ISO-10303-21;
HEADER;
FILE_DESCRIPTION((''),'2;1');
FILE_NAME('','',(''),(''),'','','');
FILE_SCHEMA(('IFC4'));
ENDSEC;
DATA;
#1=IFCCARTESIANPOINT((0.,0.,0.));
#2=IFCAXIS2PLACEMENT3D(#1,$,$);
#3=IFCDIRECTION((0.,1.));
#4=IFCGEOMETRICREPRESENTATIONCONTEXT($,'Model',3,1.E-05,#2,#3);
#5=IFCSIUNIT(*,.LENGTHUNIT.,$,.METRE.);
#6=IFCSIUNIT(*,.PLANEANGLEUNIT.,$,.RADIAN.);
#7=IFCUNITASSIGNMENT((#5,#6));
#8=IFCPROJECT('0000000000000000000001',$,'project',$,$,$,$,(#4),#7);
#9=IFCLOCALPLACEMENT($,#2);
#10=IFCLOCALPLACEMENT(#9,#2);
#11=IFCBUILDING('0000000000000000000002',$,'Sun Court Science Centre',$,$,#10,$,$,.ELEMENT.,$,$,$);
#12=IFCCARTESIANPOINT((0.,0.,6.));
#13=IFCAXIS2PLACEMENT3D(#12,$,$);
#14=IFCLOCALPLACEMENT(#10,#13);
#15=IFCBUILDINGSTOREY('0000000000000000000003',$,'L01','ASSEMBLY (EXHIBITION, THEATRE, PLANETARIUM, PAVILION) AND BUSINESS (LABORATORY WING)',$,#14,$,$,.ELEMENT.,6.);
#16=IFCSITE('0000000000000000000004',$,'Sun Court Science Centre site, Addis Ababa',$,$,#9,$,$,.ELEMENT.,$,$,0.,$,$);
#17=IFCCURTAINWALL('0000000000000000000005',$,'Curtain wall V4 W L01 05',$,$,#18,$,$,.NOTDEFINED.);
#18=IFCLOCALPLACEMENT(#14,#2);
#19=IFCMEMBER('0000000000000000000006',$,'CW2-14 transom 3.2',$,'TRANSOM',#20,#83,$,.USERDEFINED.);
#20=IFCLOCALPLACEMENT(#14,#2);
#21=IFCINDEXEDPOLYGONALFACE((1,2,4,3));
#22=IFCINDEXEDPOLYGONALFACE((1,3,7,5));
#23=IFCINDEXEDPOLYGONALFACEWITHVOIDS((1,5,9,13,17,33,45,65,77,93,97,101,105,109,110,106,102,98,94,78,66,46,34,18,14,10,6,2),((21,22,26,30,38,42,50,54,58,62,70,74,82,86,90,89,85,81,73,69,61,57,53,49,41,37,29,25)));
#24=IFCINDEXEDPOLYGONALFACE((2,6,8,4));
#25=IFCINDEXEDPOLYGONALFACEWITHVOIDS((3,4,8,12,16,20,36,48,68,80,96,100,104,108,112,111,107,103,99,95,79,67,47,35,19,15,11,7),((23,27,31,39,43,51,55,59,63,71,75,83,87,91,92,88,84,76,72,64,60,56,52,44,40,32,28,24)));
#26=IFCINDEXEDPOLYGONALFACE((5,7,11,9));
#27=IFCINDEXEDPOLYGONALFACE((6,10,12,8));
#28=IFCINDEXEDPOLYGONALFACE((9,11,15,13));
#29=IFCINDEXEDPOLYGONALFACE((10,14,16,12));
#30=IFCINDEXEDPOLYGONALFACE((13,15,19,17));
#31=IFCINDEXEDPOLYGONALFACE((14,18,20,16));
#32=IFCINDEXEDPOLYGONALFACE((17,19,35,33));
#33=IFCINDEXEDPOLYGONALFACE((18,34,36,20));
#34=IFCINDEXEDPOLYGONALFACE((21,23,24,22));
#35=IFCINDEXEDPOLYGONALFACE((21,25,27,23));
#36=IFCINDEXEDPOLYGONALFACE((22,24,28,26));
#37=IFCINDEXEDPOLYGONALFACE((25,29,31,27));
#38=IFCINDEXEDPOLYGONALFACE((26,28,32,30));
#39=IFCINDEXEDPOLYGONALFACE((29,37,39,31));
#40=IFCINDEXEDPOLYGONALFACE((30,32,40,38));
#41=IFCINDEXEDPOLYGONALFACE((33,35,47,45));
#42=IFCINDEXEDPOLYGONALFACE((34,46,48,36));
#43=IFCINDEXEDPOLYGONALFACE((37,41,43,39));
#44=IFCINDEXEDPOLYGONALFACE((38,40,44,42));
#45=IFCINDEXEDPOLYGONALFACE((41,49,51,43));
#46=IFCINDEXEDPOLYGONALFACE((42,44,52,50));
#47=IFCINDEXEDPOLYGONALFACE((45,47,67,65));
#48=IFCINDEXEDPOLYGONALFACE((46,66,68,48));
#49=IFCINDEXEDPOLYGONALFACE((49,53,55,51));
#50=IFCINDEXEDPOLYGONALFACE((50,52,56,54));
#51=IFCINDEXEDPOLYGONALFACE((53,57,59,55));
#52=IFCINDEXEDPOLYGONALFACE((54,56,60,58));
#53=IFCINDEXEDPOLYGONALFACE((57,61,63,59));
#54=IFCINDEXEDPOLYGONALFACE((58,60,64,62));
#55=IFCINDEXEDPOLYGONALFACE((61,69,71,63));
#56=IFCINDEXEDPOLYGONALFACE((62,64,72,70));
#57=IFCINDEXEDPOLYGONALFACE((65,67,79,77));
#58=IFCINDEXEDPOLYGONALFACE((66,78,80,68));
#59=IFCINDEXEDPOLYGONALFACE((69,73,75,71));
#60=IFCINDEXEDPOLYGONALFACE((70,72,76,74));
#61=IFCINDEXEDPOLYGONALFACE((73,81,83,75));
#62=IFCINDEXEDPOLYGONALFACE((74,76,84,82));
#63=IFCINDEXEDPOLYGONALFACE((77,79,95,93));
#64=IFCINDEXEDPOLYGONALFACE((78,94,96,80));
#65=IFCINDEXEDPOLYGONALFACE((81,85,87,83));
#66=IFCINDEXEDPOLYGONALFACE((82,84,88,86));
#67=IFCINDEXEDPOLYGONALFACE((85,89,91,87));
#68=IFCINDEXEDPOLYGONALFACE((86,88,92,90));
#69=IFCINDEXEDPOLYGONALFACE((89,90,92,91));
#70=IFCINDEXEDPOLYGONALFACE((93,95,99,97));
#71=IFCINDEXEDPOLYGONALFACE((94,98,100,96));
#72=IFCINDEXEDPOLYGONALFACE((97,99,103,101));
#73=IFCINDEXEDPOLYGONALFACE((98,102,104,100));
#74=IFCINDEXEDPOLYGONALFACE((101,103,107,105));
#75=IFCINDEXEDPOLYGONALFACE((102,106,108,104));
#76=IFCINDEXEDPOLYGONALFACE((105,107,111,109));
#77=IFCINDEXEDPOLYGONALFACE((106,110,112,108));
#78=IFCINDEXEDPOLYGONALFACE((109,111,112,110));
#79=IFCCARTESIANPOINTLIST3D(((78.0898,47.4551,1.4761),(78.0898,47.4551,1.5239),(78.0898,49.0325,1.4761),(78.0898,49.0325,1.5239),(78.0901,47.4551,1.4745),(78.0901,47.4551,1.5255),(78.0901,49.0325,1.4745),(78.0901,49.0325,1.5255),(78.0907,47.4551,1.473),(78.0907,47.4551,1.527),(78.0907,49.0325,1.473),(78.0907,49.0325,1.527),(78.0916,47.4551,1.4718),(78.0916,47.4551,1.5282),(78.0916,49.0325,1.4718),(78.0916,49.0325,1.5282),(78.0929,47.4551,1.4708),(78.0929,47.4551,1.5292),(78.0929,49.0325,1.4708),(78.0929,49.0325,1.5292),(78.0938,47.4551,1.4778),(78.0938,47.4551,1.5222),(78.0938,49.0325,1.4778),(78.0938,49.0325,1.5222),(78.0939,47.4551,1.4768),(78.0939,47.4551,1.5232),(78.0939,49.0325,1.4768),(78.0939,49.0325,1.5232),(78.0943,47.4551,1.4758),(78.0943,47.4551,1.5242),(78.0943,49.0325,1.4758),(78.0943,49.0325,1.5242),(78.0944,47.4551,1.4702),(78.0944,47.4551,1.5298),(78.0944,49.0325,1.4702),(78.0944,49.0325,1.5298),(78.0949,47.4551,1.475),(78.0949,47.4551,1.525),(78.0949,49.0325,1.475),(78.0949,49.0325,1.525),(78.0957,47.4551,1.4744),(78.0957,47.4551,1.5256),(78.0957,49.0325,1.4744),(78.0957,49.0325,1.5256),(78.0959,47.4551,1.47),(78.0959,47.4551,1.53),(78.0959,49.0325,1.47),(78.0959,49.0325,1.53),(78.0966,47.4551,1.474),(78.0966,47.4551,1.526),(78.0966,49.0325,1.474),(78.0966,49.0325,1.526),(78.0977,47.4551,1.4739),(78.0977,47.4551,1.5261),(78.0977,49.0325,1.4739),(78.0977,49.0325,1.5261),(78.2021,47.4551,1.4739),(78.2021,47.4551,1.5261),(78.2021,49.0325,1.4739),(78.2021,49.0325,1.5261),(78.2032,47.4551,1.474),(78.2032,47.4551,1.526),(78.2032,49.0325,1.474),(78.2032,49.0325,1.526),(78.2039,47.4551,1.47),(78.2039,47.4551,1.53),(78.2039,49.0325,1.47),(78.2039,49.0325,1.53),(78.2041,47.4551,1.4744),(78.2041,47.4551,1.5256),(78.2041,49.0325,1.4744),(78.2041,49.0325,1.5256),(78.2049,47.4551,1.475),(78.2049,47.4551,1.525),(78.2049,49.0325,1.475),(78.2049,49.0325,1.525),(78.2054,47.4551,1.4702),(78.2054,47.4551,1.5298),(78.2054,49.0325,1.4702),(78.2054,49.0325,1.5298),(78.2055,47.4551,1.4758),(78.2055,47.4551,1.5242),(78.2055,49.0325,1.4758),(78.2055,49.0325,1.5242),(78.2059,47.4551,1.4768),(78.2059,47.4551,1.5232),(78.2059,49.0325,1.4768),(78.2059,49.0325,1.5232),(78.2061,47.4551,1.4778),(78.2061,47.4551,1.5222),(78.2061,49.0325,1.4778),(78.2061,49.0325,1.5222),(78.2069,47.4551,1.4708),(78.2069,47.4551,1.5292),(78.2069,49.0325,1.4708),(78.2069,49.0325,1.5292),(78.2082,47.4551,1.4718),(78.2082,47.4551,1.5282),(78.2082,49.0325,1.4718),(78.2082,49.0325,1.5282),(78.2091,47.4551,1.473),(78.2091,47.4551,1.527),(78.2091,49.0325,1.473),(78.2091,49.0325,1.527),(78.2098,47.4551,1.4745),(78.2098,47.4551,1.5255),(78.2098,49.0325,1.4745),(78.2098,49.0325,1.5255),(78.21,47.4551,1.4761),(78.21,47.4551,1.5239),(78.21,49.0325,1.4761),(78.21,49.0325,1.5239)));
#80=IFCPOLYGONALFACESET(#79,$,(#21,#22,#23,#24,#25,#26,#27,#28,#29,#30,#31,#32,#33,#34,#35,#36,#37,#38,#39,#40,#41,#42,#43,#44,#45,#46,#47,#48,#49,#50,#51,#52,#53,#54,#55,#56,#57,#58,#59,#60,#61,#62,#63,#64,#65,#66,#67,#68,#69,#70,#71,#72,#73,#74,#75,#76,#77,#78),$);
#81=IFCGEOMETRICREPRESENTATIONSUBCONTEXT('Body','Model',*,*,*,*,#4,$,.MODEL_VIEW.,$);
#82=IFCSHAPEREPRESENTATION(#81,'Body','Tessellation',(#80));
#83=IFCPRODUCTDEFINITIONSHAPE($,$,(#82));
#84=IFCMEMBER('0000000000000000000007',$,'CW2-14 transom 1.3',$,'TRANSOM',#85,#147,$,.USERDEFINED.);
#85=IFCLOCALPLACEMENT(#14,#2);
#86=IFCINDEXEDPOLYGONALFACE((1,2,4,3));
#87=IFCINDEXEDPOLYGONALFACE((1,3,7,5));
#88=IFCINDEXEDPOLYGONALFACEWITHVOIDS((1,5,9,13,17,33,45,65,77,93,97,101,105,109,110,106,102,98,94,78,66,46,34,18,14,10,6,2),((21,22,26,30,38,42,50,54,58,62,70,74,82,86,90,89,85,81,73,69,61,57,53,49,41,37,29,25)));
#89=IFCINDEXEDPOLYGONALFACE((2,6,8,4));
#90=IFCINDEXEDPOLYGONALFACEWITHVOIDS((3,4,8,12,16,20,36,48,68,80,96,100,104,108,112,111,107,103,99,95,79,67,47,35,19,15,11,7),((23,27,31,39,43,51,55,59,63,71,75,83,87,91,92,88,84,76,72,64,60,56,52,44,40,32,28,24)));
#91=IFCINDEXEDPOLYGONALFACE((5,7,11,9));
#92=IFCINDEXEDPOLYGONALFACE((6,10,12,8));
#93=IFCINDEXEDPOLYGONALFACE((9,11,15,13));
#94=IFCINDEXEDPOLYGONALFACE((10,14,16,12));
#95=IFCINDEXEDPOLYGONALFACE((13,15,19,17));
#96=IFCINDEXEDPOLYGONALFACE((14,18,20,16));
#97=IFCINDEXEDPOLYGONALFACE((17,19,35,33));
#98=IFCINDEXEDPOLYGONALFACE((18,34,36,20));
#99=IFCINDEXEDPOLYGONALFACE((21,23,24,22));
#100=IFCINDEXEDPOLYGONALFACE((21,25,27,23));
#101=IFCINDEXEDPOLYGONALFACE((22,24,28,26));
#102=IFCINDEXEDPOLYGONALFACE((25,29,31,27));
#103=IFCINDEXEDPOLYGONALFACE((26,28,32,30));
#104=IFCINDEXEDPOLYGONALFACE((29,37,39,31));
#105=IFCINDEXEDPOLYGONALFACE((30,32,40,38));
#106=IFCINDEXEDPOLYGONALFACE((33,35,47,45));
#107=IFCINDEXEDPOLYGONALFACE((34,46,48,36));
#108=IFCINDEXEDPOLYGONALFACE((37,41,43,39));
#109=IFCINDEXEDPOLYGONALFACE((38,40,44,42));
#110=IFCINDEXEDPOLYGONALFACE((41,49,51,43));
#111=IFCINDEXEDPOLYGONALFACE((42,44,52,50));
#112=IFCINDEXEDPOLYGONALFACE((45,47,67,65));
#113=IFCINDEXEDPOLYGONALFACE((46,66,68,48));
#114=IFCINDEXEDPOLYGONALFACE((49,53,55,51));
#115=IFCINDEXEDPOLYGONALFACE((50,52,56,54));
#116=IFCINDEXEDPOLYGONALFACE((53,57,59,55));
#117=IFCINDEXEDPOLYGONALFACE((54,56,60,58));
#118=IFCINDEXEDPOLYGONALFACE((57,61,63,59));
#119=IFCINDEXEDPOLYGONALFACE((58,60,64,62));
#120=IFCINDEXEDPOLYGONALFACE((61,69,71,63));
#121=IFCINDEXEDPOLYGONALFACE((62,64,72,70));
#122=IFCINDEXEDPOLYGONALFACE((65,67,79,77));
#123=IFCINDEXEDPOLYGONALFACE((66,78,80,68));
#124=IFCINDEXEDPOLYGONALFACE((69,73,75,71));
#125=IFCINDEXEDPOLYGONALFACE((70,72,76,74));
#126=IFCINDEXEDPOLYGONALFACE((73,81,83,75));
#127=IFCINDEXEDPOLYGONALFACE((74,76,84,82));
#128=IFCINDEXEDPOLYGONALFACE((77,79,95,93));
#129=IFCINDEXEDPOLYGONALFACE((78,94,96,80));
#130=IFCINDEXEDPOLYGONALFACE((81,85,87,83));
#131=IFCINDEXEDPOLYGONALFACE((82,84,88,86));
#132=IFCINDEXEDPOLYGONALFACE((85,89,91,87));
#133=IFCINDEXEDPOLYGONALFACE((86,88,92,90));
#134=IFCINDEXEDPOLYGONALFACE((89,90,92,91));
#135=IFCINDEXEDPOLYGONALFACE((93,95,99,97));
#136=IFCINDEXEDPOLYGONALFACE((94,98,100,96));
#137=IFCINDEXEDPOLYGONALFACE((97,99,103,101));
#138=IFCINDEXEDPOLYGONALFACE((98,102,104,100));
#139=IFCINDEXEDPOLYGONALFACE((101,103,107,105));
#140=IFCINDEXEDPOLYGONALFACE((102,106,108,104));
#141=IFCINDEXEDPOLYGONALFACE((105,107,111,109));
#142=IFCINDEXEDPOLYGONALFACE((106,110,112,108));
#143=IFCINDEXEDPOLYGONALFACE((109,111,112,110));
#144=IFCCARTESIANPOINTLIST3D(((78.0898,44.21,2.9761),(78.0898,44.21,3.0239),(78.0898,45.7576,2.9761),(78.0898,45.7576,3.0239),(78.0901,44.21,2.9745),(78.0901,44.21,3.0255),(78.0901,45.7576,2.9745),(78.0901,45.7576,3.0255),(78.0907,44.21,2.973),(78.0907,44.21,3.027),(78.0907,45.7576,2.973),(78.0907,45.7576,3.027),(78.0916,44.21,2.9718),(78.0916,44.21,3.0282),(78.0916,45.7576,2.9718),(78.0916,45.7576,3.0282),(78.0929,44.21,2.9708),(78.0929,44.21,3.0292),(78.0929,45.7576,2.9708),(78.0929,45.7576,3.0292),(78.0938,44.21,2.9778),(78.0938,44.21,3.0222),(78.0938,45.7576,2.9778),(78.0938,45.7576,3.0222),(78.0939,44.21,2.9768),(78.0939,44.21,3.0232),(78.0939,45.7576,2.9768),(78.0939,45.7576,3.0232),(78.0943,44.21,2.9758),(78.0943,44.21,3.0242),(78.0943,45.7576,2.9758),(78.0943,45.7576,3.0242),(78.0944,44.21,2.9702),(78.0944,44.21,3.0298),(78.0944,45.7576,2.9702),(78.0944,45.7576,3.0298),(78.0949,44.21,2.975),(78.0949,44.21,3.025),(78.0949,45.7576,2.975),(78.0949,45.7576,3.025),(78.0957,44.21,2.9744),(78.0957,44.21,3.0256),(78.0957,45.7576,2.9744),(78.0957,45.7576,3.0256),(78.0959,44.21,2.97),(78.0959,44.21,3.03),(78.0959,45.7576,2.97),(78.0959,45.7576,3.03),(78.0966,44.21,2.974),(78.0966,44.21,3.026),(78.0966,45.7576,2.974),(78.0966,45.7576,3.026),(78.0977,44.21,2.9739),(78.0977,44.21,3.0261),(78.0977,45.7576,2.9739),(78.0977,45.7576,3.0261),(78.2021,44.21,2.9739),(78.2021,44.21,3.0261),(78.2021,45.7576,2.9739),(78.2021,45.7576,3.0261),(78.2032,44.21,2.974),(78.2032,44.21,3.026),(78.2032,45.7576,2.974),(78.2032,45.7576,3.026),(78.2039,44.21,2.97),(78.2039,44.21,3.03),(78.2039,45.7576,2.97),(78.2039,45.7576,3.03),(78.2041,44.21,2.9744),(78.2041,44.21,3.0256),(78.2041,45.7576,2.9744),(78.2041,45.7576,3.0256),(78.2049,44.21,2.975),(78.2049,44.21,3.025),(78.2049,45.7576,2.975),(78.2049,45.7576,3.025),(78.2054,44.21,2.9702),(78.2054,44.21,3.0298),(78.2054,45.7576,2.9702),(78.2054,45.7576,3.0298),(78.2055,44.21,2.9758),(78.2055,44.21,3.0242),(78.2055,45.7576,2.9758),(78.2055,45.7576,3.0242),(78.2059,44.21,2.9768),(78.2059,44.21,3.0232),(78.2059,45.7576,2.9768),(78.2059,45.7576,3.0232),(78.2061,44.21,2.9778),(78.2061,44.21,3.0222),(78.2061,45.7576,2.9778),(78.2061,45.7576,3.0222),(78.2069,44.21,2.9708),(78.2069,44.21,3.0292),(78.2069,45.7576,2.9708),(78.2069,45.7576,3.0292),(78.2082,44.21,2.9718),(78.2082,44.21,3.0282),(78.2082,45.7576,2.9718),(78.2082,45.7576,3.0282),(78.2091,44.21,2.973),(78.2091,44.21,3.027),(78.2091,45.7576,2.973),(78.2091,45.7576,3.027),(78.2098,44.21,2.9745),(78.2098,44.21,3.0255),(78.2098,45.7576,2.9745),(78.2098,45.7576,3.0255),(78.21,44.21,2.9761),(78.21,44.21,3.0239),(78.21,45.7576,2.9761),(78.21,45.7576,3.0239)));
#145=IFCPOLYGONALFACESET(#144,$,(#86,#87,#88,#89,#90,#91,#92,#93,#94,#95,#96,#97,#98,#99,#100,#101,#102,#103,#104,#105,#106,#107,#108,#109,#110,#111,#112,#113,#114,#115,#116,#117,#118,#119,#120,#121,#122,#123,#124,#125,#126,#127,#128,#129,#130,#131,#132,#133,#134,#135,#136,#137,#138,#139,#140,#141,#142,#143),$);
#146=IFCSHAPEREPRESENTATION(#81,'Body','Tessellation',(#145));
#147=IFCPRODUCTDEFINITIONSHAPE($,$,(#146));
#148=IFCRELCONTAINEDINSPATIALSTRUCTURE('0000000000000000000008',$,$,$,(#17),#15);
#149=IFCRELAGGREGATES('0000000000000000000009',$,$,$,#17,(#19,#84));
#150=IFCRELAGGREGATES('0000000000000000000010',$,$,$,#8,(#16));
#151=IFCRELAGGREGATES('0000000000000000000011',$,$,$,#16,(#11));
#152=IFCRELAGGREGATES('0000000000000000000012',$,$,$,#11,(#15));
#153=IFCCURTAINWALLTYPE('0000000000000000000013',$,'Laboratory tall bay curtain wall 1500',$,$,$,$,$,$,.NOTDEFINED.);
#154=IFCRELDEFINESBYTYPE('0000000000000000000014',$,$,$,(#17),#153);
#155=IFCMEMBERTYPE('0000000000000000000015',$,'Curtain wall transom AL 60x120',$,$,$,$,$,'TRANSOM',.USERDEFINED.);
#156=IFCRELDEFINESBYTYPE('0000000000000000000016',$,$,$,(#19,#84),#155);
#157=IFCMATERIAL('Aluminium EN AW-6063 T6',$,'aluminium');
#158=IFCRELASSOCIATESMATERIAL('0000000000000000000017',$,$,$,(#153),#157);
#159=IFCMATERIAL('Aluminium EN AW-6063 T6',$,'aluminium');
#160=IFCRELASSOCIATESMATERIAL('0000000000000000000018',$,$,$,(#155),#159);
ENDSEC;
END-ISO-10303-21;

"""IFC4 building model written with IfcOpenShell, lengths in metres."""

from ifc_helpers import new_model, si_unit, direction, frame, origin, origin_2d, place, context, subcontext, project, spatial, hollow_rectangle, extrude, material, material_profile, profile_set, type_object, element, aggregate, save


model = new_model("IFC4")

# Units and contexts
model_context = context("Model", 3, precision=1e-05, world=origin(), true_north=direction((0.0, 1.0)))
body_context = subcontext(model_context, "Body", "Model", "MODEL_VIEW")
ifc_project = project(units=[si_unit("LENGTHUNIT", "METRE"), si_unit("PLANEANGLEUNIT", "RADIAN")], contexts=[model_context])

# Site, building, storey
site_placement = place(None, origin())
site = spatial("IfcSite", under=ifc_project, at=site_placement, Name="Sun Court Science Centre site, Addis Ababa", CompositionType="ELEMENT", RefElevation=0.0)
building_placement = place(site_placement, origin())
building = spatial("IfcBuilding", under=site, at=building_placement, Name="Sun Court Science Centre", CompositionType="ELEMENT")
storey_placement = place(building_placement, frame((0.0, 0.0, 6.0)))
storey = spatial("IfcBuildingStorey", under=building, at=storey_placement, Name="L01", Description="ASSEMBLY (EXHIBITION, THEATRE, PLANETARIUM, PAVILION) AND BUSINESS (LABORATORY WING)", CompositionType="ELEMENT", Elevation=6.0)

# Curtain wall
ifc_material_1 = material(Name="Aluminium EN AW-6063 T6", Category="aluminium")
curtain_wall_type_1 = type_object("IfcCurtainWallType", Name="Laboratory tall bay curtain wall 1500", PredefinedType="NOTDEFINED", material=ifc_material_1)
curtain_wall_1_placement = place(storey_placement, origin())
curtain_wall_1 = element("IfcCurtainWall", 1, at=curtain_wall_1_placement, inside=storey, type_object=curtain_wall_type_1, Name="Curtain wall V4 W L01 05", PredefinedType="NOTDEFINED")

# Members
ifc_material_2 = material(Name="Aluminium EN AW-6063 T6", Category="aluminium")
ifc_material_profile_1 = material_profile(ifc_material_2, hollow_rectangle(XDim=0.0601, YDim=0.1201, WallThickness=0.0039, InnerFilletRadius=0.0039, OuterFilletRadius=0.0061, at=origin_2d()), Name="AL 60x120x4")
ifc_profile_set_1 = profile_set([ifc_material_profile_1], Name="Aluminium EN AW-6063 T6")
member_type_1 = type_object("IfcMemberType", Name="Curtain wall transom AL 60x120", ElementType="TRANSOM", PredefinedType="USERDEFINED", material=ifc_profile_set_1)
member_1_placement = place(storey_placement, frame((78.1499, 47.4551, 1.5), z_axis=(0.0, 1.0, 0.0), x_axis=(0.0, 0.0, 1.0)))
member_1 = element("IfcMember", 2, at=member_1_placement, type_object=member_type_1, Name="CW2-14 transom 3.2", ObjectType="TRANSOM", PredefinedType="USERDEFINED", context=body_context, shape_type="SweptSolid", body=[
    extrude(hollow_rectangle(XDim=0.0601, YDim=0.1201, WallThickness=0.0039, InnerFilletRadius=0.0039, OuterFilletRadius=0.0061, at=origin_2d()), origin(), (0.0, 0.0, 1.0), 1.5774),
])
member_2_placement = place(storey_placement, frame((78.1499, 44.21, 3.0), z_axis=(0.0, 1.0, 0.0), x_axis=(0.0, 0.0, 1.0)))
member_2 = element("IfcMember", 3, at=member_2_placement, type_object=member_type_1, Name="CW2-14 transom 1.3", ObjectType="TRANSOM", PredefinedType="USERDEFINED", context=body_context, shape_type="SweptSolid", body=[
    extrude(hollow_rectangle(XDim=0.0601, YDim=0.1201, WallThickness=0.0039, InnerFilletRadius=0.0039, OuterFilletRadius=0.0061, at=origin_2d()), origin(), (0.0, 0.0, 1.0), 1.5476),
])

aggregate(curtain_wall_1, [member_1, member_2])

save(model, "model.ifc")
